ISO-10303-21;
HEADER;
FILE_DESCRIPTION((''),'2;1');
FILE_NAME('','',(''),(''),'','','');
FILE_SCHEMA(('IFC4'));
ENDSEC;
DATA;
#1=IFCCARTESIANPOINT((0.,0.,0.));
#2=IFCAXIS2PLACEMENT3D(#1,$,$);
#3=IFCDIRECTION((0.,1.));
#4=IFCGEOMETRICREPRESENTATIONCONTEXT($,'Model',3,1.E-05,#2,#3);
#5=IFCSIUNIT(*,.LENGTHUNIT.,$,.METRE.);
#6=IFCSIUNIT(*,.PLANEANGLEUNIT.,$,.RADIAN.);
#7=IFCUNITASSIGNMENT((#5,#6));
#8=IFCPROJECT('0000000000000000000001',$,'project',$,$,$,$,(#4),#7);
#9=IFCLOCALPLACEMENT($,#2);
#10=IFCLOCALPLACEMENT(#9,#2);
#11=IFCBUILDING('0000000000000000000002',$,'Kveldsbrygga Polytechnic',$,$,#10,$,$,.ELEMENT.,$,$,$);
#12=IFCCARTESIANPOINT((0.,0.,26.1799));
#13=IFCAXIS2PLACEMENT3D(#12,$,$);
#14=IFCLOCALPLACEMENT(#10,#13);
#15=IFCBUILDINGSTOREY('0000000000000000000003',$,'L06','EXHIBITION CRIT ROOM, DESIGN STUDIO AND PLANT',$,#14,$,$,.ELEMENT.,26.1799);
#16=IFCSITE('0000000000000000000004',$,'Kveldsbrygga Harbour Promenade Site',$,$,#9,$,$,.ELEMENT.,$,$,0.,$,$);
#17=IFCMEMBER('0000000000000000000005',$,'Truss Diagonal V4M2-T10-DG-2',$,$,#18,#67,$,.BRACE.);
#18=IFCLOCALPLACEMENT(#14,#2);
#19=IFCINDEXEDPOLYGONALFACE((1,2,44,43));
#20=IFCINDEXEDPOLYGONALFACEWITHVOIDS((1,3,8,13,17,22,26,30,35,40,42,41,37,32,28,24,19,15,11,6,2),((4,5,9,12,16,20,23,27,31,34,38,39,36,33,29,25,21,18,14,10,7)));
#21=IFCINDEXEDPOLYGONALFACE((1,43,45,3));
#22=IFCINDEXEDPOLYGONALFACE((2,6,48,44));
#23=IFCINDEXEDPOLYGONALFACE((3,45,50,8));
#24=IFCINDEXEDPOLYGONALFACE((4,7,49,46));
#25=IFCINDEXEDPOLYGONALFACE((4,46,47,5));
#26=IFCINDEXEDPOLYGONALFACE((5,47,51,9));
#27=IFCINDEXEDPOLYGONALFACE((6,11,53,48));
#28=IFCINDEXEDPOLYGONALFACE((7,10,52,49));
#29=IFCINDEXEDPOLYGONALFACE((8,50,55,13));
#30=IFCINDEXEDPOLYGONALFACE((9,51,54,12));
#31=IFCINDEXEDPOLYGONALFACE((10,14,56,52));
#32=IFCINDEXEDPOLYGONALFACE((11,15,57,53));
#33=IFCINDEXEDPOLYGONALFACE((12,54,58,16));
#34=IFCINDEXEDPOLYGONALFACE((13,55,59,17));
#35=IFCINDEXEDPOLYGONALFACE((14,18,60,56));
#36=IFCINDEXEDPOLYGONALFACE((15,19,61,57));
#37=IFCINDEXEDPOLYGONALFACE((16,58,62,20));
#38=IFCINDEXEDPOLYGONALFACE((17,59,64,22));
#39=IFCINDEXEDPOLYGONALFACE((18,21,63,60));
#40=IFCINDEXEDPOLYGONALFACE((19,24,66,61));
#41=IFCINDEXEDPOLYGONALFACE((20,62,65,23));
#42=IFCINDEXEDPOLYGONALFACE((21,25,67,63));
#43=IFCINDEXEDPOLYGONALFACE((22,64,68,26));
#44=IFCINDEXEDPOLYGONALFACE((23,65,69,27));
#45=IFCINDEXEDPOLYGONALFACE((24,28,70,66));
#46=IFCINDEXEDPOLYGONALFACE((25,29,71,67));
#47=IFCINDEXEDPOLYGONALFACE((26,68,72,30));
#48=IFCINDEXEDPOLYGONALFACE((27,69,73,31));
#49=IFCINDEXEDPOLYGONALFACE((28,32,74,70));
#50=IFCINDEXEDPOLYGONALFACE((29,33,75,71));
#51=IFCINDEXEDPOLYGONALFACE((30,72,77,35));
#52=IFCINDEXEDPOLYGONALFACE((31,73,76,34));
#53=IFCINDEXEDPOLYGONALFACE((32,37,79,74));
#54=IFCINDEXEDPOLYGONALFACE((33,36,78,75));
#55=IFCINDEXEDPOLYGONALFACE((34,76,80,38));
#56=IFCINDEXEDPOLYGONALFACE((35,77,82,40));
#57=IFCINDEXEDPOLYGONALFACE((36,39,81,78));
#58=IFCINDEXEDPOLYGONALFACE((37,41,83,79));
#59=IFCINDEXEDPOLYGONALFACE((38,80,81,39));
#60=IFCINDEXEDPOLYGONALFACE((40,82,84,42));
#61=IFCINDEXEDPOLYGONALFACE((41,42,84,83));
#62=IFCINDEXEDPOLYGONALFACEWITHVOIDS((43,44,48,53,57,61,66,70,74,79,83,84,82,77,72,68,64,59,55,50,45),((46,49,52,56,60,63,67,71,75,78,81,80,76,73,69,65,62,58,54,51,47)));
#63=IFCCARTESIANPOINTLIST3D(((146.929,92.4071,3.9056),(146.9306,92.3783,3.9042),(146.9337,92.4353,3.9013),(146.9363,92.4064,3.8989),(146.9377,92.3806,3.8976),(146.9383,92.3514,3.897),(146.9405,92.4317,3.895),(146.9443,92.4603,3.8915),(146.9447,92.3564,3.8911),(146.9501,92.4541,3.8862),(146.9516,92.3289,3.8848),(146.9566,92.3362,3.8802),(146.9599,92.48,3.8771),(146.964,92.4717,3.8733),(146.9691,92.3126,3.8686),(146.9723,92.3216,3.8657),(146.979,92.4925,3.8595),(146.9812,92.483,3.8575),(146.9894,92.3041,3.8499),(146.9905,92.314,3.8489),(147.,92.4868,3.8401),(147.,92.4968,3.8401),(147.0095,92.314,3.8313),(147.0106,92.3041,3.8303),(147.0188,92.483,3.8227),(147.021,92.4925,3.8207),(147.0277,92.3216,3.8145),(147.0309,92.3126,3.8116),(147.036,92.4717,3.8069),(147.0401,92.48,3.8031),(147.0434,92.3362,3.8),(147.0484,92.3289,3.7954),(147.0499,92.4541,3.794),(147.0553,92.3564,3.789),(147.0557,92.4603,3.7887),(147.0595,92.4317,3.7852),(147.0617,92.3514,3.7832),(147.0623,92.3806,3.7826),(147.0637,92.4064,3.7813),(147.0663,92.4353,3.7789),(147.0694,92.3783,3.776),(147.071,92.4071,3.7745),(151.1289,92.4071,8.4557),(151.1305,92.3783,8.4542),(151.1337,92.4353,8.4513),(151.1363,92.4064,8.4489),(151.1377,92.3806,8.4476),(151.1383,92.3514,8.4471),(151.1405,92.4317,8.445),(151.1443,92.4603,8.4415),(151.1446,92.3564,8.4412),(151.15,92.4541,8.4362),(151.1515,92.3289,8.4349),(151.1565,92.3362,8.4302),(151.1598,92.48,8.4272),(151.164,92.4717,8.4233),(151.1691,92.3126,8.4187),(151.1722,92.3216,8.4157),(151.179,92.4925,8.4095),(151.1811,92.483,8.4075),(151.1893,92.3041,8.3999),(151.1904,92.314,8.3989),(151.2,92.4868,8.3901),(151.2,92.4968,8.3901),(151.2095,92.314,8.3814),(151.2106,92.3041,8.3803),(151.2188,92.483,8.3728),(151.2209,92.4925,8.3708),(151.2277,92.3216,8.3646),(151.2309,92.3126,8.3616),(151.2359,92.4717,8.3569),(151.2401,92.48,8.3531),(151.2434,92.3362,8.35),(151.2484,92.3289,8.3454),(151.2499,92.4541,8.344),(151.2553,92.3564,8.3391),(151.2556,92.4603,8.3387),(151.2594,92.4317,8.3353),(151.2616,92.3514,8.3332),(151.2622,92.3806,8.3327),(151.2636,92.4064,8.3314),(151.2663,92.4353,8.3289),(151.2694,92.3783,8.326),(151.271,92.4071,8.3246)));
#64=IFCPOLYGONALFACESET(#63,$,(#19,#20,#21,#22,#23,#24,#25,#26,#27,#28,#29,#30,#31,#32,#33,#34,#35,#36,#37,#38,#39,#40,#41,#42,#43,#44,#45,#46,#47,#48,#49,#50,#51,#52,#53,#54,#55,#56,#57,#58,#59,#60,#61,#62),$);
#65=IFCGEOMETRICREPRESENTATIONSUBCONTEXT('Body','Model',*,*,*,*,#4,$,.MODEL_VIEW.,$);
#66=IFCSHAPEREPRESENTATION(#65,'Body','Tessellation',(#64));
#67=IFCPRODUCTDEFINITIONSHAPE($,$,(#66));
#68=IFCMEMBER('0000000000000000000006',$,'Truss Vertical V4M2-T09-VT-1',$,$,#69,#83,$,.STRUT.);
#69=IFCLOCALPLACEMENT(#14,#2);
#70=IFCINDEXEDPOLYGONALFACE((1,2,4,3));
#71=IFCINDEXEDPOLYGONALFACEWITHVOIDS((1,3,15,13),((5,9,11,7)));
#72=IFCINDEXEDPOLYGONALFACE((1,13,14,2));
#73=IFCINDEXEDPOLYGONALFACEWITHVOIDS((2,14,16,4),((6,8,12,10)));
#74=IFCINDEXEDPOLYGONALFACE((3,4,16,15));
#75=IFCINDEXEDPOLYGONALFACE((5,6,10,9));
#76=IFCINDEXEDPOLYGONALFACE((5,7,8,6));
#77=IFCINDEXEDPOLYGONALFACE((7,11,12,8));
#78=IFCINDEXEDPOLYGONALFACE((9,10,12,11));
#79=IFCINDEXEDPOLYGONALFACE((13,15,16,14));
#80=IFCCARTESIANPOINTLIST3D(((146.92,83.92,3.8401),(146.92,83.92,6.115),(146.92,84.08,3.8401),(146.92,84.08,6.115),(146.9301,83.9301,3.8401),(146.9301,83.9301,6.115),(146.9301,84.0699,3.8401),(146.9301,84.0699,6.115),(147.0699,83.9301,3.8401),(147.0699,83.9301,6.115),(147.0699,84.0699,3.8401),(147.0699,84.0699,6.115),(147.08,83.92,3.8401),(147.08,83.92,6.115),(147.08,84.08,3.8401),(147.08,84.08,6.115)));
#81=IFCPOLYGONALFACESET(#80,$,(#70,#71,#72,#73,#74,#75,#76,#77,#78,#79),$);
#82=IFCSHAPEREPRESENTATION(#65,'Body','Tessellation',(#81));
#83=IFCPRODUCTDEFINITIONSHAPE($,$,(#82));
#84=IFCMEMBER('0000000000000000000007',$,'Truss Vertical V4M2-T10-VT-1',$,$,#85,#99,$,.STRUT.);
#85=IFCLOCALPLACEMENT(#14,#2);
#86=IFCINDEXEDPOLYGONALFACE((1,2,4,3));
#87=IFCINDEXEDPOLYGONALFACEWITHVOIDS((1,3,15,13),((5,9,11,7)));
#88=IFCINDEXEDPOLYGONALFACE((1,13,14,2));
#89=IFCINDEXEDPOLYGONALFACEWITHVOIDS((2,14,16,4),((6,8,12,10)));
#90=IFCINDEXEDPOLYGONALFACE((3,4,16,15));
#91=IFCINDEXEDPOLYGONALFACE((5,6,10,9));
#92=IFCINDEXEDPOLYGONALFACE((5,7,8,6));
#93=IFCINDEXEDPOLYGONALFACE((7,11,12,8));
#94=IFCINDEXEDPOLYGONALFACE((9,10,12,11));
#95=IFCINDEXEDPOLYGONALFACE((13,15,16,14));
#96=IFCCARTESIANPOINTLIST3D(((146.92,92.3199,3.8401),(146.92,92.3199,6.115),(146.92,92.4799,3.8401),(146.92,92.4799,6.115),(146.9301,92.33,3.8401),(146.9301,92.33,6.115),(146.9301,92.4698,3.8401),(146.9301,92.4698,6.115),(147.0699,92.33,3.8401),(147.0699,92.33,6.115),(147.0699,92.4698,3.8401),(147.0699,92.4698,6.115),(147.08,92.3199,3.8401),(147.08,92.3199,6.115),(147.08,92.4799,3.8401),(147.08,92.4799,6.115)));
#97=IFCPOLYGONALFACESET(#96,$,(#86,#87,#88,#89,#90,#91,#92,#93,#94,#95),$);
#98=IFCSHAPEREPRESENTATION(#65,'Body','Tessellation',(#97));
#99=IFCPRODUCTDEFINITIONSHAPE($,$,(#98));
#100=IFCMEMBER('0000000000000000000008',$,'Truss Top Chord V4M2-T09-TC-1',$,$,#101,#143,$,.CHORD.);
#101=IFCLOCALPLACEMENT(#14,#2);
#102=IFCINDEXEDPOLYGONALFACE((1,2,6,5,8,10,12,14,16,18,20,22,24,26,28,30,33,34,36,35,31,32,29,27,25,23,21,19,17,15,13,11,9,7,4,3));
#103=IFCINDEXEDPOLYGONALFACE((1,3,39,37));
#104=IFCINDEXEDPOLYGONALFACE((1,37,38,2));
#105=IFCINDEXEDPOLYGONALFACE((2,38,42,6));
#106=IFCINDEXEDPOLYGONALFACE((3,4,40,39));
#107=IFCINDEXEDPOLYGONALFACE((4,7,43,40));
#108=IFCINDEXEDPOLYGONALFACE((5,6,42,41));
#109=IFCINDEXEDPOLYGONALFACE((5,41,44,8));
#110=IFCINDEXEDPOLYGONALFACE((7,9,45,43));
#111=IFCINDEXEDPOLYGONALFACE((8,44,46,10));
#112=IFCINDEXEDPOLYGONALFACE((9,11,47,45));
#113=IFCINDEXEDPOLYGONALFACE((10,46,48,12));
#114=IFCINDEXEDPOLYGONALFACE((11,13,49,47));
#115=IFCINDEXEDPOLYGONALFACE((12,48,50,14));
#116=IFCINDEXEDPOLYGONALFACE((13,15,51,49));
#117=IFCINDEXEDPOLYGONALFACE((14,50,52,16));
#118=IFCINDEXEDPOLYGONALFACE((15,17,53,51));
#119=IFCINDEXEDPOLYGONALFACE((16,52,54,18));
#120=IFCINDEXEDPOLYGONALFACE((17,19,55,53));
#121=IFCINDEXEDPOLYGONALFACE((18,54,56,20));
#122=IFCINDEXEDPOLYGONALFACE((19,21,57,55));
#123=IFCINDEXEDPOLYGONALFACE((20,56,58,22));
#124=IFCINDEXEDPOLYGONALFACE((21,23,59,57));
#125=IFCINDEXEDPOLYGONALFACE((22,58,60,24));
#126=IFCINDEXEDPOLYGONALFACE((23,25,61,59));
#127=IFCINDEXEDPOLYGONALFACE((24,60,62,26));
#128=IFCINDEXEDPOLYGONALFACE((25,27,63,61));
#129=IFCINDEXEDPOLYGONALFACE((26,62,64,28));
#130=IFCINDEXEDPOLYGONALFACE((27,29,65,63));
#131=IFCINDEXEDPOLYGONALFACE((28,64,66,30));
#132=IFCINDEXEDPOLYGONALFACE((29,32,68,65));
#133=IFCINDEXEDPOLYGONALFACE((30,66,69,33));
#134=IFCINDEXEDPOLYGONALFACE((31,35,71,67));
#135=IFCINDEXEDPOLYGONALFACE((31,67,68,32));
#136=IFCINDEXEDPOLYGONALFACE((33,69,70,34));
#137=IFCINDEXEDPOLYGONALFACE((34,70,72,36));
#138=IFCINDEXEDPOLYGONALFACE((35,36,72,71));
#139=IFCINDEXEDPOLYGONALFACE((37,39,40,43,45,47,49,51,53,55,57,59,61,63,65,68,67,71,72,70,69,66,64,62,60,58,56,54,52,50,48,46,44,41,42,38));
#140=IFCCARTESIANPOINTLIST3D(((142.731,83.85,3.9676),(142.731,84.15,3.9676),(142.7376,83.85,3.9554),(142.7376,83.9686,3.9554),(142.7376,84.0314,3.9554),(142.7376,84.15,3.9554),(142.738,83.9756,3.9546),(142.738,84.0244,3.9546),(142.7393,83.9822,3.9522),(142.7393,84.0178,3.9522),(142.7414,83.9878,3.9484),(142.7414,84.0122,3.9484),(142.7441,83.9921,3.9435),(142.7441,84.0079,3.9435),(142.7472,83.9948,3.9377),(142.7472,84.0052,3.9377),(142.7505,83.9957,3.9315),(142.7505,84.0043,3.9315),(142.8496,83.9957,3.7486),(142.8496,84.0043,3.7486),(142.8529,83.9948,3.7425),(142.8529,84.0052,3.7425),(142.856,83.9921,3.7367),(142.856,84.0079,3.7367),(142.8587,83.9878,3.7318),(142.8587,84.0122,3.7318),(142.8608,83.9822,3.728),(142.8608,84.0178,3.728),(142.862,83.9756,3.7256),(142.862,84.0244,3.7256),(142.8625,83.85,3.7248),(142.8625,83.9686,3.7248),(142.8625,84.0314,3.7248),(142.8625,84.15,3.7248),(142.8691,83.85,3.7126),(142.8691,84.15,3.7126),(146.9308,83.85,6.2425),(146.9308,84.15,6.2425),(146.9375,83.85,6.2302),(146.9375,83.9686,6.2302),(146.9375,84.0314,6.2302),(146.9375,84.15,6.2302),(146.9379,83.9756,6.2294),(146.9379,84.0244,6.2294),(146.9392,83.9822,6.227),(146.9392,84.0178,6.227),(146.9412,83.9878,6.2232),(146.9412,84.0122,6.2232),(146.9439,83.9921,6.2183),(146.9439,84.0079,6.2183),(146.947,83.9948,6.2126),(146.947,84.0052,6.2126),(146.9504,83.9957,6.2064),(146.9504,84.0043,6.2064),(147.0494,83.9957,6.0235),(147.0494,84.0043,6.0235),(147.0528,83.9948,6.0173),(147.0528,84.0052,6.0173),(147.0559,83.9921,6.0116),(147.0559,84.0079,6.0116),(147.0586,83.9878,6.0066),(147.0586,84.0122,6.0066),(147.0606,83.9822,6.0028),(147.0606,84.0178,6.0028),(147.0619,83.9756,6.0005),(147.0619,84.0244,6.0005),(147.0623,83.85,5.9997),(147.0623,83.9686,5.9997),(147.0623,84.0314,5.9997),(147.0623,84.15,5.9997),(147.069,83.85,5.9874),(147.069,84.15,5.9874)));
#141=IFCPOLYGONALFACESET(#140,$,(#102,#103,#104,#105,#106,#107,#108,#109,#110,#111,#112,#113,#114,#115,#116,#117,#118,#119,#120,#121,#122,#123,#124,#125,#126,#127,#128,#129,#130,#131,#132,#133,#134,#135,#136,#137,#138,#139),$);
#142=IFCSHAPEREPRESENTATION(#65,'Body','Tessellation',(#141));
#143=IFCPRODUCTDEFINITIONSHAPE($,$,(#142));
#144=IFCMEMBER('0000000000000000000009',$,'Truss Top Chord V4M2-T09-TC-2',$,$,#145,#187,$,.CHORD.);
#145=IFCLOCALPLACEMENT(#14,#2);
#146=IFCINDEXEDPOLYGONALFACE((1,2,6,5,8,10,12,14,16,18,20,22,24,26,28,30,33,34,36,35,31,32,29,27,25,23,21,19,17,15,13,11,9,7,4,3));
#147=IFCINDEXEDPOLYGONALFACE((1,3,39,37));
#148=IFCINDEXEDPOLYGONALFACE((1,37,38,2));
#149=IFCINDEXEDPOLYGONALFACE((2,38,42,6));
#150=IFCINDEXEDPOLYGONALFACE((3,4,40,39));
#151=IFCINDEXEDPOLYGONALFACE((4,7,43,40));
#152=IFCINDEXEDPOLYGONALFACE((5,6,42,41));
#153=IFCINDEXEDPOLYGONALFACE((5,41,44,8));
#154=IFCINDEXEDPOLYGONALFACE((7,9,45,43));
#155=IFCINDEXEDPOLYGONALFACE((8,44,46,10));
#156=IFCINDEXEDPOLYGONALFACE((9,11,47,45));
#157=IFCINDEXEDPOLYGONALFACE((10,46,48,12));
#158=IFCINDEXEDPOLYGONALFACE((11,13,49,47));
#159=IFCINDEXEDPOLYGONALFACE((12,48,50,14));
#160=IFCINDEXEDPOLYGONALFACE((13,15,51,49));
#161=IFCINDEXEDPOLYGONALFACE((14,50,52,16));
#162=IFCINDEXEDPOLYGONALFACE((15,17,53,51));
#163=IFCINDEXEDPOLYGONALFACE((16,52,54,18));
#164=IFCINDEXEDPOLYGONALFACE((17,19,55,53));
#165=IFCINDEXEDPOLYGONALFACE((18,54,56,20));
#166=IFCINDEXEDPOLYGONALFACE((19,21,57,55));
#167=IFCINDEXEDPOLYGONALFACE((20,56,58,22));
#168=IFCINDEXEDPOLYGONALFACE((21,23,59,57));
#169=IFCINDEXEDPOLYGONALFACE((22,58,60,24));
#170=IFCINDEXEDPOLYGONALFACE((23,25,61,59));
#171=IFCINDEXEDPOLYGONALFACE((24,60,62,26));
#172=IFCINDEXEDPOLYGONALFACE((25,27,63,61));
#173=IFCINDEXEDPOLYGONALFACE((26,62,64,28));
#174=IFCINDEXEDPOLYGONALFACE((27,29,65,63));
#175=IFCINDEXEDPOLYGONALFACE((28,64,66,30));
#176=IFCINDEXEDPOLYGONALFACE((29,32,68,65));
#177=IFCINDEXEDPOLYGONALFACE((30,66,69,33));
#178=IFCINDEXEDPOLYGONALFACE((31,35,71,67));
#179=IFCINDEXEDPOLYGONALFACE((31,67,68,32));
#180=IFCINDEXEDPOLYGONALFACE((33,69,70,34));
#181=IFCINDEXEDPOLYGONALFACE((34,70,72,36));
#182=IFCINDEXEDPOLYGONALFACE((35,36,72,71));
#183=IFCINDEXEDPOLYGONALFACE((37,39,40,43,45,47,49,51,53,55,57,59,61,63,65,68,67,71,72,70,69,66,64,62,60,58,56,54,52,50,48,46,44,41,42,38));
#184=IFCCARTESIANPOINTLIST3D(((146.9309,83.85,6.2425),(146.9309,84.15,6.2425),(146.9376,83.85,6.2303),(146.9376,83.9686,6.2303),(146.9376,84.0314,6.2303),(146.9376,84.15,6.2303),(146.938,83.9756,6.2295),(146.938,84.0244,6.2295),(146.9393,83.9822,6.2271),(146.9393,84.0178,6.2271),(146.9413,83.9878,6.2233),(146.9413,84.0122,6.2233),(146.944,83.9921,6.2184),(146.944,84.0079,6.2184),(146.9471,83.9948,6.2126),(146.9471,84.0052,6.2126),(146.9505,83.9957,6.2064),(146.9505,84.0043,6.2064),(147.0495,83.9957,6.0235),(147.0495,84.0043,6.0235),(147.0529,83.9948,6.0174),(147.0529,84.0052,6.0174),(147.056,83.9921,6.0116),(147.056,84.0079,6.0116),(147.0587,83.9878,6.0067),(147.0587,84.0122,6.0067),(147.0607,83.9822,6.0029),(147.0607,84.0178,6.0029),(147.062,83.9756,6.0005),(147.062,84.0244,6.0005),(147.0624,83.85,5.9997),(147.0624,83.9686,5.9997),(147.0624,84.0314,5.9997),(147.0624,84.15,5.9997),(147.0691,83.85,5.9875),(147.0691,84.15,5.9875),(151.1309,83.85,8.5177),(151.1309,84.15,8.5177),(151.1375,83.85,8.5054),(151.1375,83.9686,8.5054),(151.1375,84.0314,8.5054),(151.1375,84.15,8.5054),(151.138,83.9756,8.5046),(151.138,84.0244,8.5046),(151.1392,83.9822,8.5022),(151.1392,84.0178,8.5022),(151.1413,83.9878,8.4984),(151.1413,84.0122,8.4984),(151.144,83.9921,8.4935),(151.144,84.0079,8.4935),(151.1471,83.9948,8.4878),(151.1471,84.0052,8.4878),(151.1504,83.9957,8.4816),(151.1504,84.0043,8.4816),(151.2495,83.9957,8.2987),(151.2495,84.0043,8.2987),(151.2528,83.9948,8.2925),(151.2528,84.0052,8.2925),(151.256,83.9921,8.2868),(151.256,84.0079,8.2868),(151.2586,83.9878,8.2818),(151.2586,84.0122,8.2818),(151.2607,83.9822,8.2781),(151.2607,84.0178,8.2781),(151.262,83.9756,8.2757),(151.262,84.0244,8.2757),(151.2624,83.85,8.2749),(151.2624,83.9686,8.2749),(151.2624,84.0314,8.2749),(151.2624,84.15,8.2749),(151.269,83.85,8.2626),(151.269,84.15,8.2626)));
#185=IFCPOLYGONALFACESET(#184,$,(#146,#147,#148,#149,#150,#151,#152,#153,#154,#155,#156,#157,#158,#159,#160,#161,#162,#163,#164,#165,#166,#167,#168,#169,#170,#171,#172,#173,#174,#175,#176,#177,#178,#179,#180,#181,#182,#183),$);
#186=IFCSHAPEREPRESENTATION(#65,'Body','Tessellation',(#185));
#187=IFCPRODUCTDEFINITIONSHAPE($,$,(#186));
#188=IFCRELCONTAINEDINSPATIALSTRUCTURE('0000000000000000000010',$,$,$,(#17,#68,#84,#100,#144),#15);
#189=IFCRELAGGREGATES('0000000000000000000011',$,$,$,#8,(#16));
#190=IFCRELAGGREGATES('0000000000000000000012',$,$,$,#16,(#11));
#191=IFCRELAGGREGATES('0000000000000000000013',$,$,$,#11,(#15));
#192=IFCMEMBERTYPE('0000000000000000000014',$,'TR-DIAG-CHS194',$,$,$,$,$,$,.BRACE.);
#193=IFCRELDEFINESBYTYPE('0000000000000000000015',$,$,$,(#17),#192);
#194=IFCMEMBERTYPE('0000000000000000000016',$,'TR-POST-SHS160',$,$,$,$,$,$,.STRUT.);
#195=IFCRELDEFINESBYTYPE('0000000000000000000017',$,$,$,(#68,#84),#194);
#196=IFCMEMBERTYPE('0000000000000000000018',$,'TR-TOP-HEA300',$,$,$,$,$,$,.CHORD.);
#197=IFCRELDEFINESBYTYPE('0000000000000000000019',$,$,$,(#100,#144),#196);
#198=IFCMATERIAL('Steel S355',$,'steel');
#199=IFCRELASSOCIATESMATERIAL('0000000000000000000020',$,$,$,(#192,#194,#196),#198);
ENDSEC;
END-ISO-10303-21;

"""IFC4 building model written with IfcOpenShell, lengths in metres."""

from ifc_helpers import new_model, si_unit, direction, frame, origin, origin_2d, place, context, subcontext, project, spatial, hollow_rectangle, hollow_circle, i_section, extrude, material, material_profile, profile_set, type_object, element, save


model = new_model("IFC4")

# Units and contexts
model_context = context("Model", 3, precision=1e-05, world=origin(), true_north=direction((0.0, 1.0)))
body_context = subcontext(model_context, "Body", "Model", "MODEL_VIEW")
ifc_project = project(units=[si_unit("LENGTHUNIT", "METRE"), si_unit("PLANEANGLEUNIT", "RADIAN")], contexts=[model_context])

# Site, building, storey
site_placement = place(None, origin())
site = spatial("IfcSite", under=ifc_project, at=site_placement, Name="Kveldsbrygga Harbour Promenade Site", CompositionType="ELEMENT", RefElevation=0.0)
building_placement = place(site_placement, origin())
building = spatial("IfcBuilding", under=site, at=building_placement, Name="Kveldsbrygga Polytechnic", CompositionType="ELEMENT")
storey_placement = place(building_placement, frame((0.0, 0.0, 26.1799)))
storey = spatial("IfcBuildingStorey", under=building, at=storey_placement, Name="L06", Description="EXHIBITION CRIT ROOM, DESIGN STUDIO AND PLANT", CompositionType="ELEMENT", Elevation=26.1799)

# Shared definitions
ifc_material_1 = material(Name="Steel S355", Category="steel")

# Members
ifc_material_profile_1 = material_profile(ifc_material_1, hollow_circle(Radius=0.0969, WallThickness=0.01, at=origin_2d()), Name="CHS 193.7x10.0")
ifc_profile_set_1 = profile_set([ifc_material_profile_1], Name="Steel S355")
member_type_1 = type_object("IfcMemberType", Name="TR-DIAG-CHS194", PredefinedType="BRACE", material=ifc_profile_set_1)
for number, where, z_axis, x_axis, name in (
    (1, (147.0, 92.3999, 3.8401), (0.678272, 0.0, 0.734811), (0.0, 1.0, 0.0), "Truss Diagonal V4M2-T10-DG-2"),
):
    element("IfcMember", number, at=place(storey_placement, frame(where, z_axis=z_axis, x_axis=x_axis)), inside=storey, type_object=member_type_1, Name=name, PredefinedType="BRACE", context=body_context, shape_type="SweptSolid", body=[
        extrude(hollow_circle(Radius=0.0969, WallThickness=0.01, at=origin_2d()), origin(), (0.0, 0.0, 1.0), 6.1921),
    ])
ifc_material_profile_2 = material_profile(ifc_material_1, hollow_rectangle(XDim=0.1599, YDim=0.1599, WallThickness=0.01, at=origin_2d()), Name="SHS 160x160x10.0")
ifc_profile_set_2 = profile_set([ifc_material_profile_2], Name="Steel S355")
member_type_2 = type_object("IfcMemberType", Name="TR-POST-SHS160", PredefinedType="STRUT", material=ifc_profile_set_2)
for number, where, z_axis, x_axis, name in (
    (2, (147.0, 84.0, 3.8401), (0.0, 0.0, 1.0), (1.0, 0.0, 0.0), "Truss Vertical V4M2-T09-VT-1"),
    (3, (147.0, 92.3999, 3.8401), (0.0, 0.0, 1.0), (1.0, 0.0, 0.0), "Truss Vertical V4M2-T10-VT-1"),
):
    element("IfcMember", number, at=place(storey_placement, frame(where, z_axis=z_axis, x_axis=x_axis)), inside=storey, type_object=member_type_2, Name=name, PredefinedType="STRUT", context=body_context, shape_type="SweptSolid", body=[
        extrude(hollow_rectangle(XDim=0.1599, YDim=0.1599, WallThickness=0.01, at=origin_2d()), origin(), (0.0, 0.0, 1.0), 2.2749),
    ])
ifc_material_profile_3 = material_profile(ifc_material_1, i_section(OverallWidth=0.3, OverallDepth=0.29, WebThickness=0.0085, FlangeThickness=0.0139, FilletRadius=0.0271, at=origin_2d()), Name="HEA 300")
ifc_profile_set_3 = profile_set([ifc_material_profile_3], Name="Steel S355")
member_type_3 = type_object("IfcMemberType", Name="TR-TOP-HEA300", PredefinedType="CHORD", material=ifc_profile_set_3)
member_1_placement = place(storey_placement, frame((142.8, 84.0, 3.8401), z_axis=(0.879298, 0.0, 0.476272), x_axis=(0.0, 1.0, 0.0)))
element("IfcMember", 4, at=member_1_placement, inside=storey, type_object=member_type_3, Name="Truss Top Chord V4M2-T09-TC-1", PredefinedType="CHORD", context=body_context, shape_type="SweptSolid", body=[
    extrude(i_section(OverallWidth=0.3, OverallDepth=0.29, WebThickness=0.0085, FlangeThickness=0.0139, FilletRadius=0.0271, at=origin_2d()), origin(), (0.0, 0.0, 1.0), 4.7764),
])
for number, where, z_axis, x_axis, name in (
    (5, (147.0, 84.0, 6.115), (0.879277, 0.0, 0.476311), (0.0, 1.0, 0.0), "Truss Top Chord V4M2-T09-TC-2"),
):
    element("IfcMember", number, at=place(storey_placement, frame(where, z_axis=z_axis, x_axis=x_axis)), inside=storey, type_object=member_type_3, Name=name, PredefinedType="CHORD", context=body_context, shape_type="SweptSolid", body=[
        extrude(i_section(OverallWidth=0.3, OverallDepth=0.29, WebThickness=0.0085, FlangeThickness=0.0139, FilletRadius=0.0271, at=origin_2d()), origin(), (0.0, 0.0, 1.0), 4.7766),
    ])

save(model, "model.ifc")
